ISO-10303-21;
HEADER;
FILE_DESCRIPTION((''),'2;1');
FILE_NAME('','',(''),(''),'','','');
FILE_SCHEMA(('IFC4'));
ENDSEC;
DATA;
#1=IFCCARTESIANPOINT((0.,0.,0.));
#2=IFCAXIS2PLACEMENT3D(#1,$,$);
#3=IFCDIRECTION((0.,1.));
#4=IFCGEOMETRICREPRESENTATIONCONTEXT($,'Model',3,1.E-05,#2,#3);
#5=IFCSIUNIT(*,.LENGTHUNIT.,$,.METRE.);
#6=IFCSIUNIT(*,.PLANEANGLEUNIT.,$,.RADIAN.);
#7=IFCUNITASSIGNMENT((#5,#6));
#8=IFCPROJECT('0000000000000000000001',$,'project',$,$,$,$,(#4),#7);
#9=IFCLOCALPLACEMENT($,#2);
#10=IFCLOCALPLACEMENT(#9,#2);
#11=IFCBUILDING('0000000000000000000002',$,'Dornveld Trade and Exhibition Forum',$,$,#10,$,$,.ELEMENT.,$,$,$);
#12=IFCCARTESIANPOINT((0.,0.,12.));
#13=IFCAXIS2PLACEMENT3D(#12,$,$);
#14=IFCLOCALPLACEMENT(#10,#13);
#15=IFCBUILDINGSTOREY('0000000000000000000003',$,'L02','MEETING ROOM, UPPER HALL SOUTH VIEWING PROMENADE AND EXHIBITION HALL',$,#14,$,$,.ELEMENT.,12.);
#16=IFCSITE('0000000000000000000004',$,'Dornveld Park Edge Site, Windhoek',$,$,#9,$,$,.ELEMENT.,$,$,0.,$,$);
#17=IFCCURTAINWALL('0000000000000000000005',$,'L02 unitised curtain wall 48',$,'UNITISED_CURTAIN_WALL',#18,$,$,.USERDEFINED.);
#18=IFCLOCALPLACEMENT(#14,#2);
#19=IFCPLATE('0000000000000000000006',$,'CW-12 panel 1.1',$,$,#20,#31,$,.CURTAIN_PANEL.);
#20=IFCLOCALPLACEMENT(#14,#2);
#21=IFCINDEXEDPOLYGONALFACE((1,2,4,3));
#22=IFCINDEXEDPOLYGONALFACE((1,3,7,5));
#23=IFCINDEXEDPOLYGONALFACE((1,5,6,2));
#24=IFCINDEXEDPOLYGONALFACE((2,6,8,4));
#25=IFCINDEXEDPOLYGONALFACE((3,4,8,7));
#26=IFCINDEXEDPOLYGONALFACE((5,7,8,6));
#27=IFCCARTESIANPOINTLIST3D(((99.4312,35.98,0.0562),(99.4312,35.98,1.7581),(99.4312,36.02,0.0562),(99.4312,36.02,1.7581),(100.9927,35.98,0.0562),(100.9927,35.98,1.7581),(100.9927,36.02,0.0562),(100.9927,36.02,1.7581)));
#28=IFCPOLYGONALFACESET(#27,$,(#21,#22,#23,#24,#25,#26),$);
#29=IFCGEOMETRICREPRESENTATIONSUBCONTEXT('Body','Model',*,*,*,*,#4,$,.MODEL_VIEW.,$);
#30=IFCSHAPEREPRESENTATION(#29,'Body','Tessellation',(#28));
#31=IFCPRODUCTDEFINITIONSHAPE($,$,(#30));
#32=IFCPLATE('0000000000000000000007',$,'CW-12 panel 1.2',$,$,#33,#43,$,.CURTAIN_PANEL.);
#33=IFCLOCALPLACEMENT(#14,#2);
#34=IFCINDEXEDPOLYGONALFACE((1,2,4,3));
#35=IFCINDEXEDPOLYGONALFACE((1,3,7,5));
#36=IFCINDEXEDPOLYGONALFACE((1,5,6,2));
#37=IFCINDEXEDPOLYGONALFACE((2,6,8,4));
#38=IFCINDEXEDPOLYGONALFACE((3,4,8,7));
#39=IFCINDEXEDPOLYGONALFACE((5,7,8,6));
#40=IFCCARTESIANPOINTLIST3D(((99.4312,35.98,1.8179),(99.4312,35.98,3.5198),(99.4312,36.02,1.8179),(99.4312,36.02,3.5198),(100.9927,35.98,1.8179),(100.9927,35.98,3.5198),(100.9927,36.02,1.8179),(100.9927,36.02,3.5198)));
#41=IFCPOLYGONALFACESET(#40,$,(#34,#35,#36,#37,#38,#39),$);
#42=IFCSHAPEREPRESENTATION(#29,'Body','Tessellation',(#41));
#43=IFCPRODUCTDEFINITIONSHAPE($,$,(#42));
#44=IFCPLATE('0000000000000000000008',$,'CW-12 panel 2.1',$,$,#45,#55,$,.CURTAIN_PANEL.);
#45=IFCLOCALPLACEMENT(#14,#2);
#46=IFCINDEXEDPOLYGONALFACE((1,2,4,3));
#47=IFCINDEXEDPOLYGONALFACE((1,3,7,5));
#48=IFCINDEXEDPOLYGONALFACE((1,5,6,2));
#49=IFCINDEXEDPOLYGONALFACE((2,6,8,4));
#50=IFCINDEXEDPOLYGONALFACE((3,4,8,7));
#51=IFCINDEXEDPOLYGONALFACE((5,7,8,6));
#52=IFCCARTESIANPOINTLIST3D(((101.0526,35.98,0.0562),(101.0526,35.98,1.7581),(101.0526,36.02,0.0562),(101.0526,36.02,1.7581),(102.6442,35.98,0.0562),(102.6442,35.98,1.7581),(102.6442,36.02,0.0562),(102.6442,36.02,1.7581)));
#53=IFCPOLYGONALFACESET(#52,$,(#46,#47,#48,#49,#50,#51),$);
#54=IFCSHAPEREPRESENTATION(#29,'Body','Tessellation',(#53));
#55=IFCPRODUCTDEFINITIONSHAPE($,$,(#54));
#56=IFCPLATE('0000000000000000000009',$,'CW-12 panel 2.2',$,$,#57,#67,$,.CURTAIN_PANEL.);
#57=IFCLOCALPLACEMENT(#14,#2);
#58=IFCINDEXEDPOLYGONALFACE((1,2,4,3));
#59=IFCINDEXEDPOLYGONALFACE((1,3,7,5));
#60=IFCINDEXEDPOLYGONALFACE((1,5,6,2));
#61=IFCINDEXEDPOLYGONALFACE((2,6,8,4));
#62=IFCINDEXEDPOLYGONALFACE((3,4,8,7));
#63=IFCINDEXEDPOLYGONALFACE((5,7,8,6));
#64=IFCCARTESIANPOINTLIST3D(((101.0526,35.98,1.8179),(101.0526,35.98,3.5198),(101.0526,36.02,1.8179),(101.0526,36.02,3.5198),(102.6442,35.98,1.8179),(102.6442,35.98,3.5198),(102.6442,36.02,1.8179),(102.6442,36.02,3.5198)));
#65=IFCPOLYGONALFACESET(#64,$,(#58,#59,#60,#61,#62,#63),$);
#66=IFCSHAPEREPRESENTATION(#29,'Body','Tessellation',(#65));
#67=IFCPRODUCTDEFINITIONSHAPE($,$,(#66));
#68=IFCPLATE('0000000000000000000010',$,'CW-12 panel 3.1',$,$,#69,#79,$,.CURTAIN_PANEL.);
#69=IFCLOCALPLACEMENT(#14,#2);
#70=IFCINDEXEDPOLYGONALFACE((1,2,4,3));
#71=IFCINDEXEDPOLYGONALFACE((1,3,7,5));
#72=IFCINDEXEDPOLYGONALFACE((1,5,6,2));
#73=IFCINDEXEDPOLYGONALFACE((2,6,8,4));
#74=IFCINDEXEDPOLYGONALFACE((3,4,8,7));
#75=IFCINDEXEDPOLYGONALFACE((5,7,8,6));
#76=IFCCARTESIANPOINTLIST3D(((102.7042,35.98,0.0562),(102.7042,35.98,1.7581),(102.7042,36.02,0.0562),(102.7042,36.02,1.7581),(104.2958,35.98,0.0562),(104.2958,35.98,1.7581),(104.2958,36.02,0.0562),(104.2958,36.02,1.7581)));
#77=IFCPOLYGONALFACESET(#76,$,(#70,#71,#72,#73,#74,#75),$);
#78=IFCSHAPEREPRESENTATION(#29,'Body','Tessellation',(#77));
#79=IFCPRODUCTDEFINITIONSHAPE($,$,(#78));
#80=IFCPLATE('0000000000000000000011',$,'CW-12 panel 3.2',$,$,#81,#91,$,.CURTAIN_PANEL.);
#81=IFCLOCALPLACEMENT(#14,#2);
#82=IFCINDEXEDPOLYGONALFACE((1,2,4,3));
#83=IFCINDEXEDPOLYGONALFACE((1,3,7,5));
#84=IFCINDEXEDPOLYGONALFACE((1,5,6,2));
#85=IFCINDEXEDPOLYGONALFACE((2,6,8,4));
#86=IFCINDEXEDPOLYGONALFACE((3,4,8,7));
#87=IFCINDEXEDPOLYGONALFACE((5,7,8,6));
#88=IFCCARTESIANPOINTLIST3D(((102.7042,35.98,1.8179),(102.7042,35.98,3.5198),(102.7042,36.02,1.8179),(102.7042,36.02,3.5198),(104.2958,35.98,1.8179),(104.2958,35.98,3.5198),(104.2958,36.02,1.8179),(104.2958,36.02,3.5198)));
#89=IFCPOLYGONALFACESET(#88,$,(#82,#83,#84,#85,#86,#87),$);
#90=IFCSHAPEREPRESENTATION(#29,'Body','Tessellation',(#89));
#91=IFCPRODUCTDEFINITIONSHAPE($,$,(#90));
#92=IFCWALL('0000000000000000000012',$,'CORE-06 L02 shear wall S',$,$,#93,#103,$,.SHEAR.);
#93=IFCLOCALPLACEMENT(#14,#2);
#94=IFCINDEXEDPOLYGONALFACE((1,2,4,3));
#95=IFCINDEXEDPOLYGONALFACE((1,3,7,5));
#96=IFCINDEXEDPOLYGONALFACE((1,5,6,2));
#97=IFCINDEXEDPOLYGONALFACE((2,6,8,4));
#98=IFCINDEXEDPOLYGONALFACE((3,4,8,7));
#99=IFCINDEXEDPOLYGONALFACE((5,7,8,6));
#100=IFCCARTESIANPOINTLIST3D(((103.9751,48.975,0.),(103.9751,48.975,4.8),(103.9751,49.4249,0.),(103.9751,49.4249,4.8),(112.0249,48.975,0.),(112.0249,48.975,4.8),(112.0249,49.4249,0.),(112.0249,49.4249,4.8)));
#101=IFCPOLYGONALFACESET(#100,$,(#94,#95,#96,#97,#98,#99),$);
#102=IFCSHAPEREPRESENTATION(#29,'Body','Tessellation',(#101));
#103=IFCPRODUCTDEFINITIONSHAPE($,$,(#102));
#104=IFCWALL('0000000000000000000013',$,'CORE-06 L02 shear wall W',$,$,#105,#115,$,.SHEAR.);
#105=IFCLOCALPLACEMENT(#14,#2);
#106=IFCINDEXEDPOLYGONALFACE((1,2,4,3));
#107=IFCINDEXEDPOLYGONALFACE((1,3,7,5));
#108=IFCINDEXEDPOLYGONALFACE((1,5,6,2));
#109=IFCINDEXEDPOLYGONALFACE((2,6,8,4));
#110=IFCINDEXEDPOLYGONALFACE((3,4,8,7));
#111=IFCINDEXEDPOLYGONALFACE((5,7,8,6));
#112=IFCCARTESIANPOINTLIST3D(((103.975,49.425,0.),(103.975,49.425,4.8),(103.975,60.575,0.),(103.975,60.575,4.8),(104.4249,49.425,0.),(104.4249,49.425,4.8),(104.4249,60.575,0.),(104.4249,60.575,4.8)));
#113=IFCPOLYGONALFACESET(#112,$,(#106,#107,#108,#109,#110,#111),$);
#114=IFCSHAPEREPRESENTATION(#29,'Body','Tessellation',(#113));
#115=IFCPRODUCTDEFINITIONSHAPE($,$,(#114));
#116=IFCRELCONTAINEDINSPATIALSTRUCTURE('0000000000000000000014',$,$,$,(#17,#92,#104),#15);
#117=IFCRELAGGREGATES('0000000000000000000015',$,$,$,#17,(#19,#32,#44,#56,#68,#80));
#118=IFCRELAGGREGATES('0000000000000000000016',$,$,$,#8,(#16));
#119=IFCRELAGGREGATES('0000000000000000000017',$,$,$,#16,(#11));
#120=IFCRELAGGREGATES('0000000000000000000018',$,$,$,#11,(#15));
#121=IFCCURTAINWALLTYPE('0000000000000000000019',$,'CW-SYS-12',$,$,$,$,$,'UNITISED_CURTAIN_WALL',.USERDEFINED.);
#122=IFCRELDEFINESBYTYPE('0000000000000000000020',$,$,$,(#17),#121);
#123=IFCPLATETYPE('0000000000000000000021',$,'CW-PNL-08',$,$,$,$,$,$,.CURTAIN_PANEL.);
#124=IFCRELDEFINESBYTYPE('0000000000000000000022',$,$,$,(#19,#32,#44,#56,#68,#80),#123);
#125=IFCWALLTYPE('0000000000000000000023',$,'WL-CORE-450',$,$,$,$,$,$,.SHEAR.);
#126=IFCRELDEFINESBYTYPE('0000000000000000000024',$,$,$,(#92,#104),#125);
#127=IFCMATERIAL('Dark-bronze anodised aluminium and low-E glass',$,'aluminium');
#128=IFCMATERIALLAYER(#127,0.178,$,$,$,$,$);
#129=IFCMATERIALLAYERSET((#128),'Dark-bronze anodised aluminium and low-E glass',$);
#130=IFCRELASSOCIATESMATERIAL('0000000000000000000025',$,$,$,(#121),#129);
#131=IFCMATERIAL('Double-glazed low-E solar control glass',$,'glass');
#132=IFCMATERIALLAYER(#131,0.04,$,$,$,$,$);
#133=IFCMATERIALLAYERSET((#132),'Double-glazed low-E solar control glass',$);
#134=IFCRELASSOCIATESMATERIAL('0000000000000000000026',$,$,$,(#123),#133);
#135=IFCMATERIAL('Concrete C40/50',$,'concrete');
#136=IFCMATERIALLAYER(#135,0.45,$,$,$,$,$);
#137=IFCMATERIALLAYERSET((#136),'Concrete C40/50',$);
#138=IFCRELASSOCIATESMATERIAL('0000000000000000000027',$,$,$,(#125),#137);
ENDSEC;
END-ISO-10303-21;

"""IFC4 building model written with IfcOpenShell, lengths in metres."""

from ifc_helpers import new_model, si_unit, direction, frame, frame_2d, origin, origin_2d, place, context, subcontext, project, spatial, rectangle, extrude, material, layer, layer_set, type_object, element, aggregate, save


model = new_model("IFC4")

# Units and contexts
model_context = context("Model", 3, precision=1e-05, world=origin(), true_north=direction((0.0, 1.0)))
body_context = subcontext(model_context, "Body", "Model", "MODEL_VIEW")
ifc_project = project(units=[si_unit("LENGTHUNIT", "METRE"), si_unit("PLANEANGLEUNIT", "RADIAN")], contexts=[model_context])

# Site, building, storey
site_placement = place(None, origin())
site = spatial("IfcSite", under=ifc_project, at=site_placement, Name="Dornveld Park Edge Site, Windhoek", CompositionType="ELEMENT", RefElevation=0.0)
building_placement = place(site_placement, origin())
building = spatial("IfcBuilding", under=site, at=building_placement, Name="Dornveld Trade and Exhibition Forum", CompositionType="ELEMENT")
storey_placement = place(building_placement, frame((0.0, 0.0, 12.0)))
storey = spatial("IfcBuildingStorey", under=building, at=storey_placement, Name="L02", Description="MEETING ROOM, UPPER HALL SOUTH VIEWING PROMENADE AND EXHIBITION HALL", CompositionType="ELEMENT", Elevation=12.0)

# Curtain wall, plates
ifc_material_1 = material(Name="Dark-bronze anodised aluminium and low-E glass", Category="aluminium")
ifc_layer_1 = layer(ifc_material_1, 0.178)
ifc_layer_set_1 = layer_set([ifc_layer_1], Name="Dark-bronze anodised aluminium and low-E glass")
curtain_wall_type = type_object("IfcCurtainWallType", Name="CW-SYS-12", ElementType="UNITISED_CURTAIN_WALL", PredefinedType="USERDEFINED", material=ifc_layer_set_1)
curtain_wall_placement = place(storey_placement, origin())
curtain_wall = element("IfcCurtainWall", 1, at=curtain_wall_placement, inside=storey, type_object=curtain_wall_type, Name="L02 unitised curtain wall 48", ObjectType="UNITISED_CURTAIN_WALL", PredefinedType="USERDEFINED")
ifc_material_2 = material(Name="Double-glazed low-E solar control glass", Category="glass")
ifc_layer_2 = layer(ifc_material_2, 0.04)
ifc_layer_set_2 = layer_set([ifc_layer_2], Name="Double-glazed low-E solar control glass")
plate_type = type_object("IfcPlateType", Name="CW-PNL-08", PredefinedType="CURTAIN_PANEL", material=ifc_layer_set_2)
plate_1_placement = place(storey_placement, frame((100.2119, 36.0, 0.0562), z_axis=(0.0, 0.0, 1.0), x_axis=(1.0, 0.0, 0.0)))
plate_1 = element("IfcPlate", 2, at=plate_1_placement, type_object=plate_type, Name="CW-12 panel 1.1", PredefinedType="CURTAIN_PANEL", context=body_context, shape_type="SweptSolid", body=[
    extrude(rectangle(XDim=1.5615, YDim=0.04, at=origin_2d()), origin(), (0.0, 0.0, 1.0), 1.7019),
])
plate_2_placement = place(storey_placement, frame((100.2119, 36.0, 1.8179), z_axis=(0.0, 0.0, 1.0), x_axis=(1.0, 0.0, 0.0)))
plate_2 = element("IfcPlate", 3, at=plate_2_placement, type_object=plate_type, Name="CW-12 panel 1.2", PredefinedType="CURTAIN_PANEL", context=body_context, shape_type="SweptSolid", body=[
    extrude(rectangle(XDim=1.5615, YDim=0.04, at=origin_2d()), origin(), (0.0, 0.0, 1.0), 1.7019),
])
plate_3_placement = place(storey_placement, frame((101.8484, 36.0, 0.0562), z_axis=(0.0, 0.0, 1.0), x_axis=(1.0, 0.0, 0.0)))
plate_3 = element("IfcPlate", 4, at=plate_3_placement, type_object=plate_type, Name="CW-12 panel 2.1", PredefinedType="CURTAIN_PANEL", context=body_context, shape_type="SweptSolid", body=[
    extrude(rectangle(XDim=1.5916, YDim=0.04, at=origin_2d()), origin(), (0.0, 0.0, 1.0), 1.7019),
])
plate_4_placement = place(storey_placement, frame((101.8484, 36.0, 1.8179), z_axis=(0.0, 0.0, 1.0), x_axis=(1.0, 0.0, 0.0)))
plate_4 = element("IfcPlate", 5, at=plate_4_placement, type_object=plate_type, Name="CW-12 panel 2.2", PredefinedType="CURTAIN_PANEL", context=body_context, shape_type="SweptSolid", body=[
    extrude(rectangle(XDim=1.5916, YDim=0.04, at=origin_2d()), origin(), (0.0, 0.0, 1.0), 1.7019),
])
plate_5_placement = place(storey_placement, frame((103.5, 36.0, 0.0562), z_axis=(0.0, 0.0, 1.0), x_axis=(1.0, 0.0, 0.0)))
plate_5 = element("IfcPlate", 6, at=plate_5_placement, type_object=plate_type, Name="CW-12 panel 3.1", PredefinedType="CURTAIN_PANEL", context=body_context, shape_type="SweptSolid", body=[
    extrude(rectangle(XDim=1.5916, YDim=0.04, at=origin_2d()), origin(), (0.0, 0.0, 1.0), 1.7019),
])
plate_6_placement = place(storey_placement, frame((103.5, 36.0, 1.8179), z_axis=(0.0, 0.0, 1.0), x_axis=(1.0, 0.0, 0.0)))
plate_6 = element("IfcPlate", 7, at=plate_6_placement, type_object=plate_type, Name="CW-12 panel 3.2", PredefinedType="CURTAIN_PANEL", context=body_context, shape_type="SweptSolid", body=[
    extrude(rectangle(XDim=1.5916, YDim=0.04, at=origin_2d()), origin(), (0.0, 0.0, 1.0), 1.7019),
])
aggregate(curtain_wall, [plate_1, plate_2, plate_3, plate_4, plate_5, plate_6])

# Walls
ifc_material_3 = material(Name="Concrete C40/50", Category="concrete")
ifc_layer_3 = layer(ifc_material_3, 0.45)
ifc_layer_set_3 = layer_set([ifc_layer_3], Name="Concrete C40/50")
wall_type = type_object("IfcWallType", Name="WL-CORE-450", PredefinedType="SHEAR", material=ifc_layer_set_3)
wall_1_placement = place(storey_placement, frame((103.9751, 49.2, 0.0), z_axis=(0.0, 0.0, 1.0), x_axis=(1.0, 0.0, 0.0)))
element("IfcWall", 8, at=wall_1_placement, inside=storey, type_object=wall_type, Name="CORE-06 L02 shear wall S", PredefinedType="SHEAR", context=body_context, shape_type="SweptSolid", body=[
    extrude(rectangle(XDim=8.0498, YDim=0.45, at=frame_2d((4.0249, 0.0))), origin(), (0.0, 0.0, 1.0), 4.8),
])
wall_2_placement = place(storey_placement, frame((104.2, 49.425, 0.0), z_axis=(0.0, 0.0, 1.0), x_axis=(0.0, 1.0, 0.0)))
element("IfcWall", 9, at=wall_2_placement, inside=storey, type_object=wall_type, Name="CORE-06 L02 shear wall W", PredefinedType="SHEAR", context=body_context, shape_type="SweptSolid", body=[
    extrude(rectangle(XDim=11.1499, YDim=0.45, at=frame_2d((5.575, 0.0))), origin(), (0.0, 0.0, 1.0), 4.8),
])

save(model, "model.ifc")
